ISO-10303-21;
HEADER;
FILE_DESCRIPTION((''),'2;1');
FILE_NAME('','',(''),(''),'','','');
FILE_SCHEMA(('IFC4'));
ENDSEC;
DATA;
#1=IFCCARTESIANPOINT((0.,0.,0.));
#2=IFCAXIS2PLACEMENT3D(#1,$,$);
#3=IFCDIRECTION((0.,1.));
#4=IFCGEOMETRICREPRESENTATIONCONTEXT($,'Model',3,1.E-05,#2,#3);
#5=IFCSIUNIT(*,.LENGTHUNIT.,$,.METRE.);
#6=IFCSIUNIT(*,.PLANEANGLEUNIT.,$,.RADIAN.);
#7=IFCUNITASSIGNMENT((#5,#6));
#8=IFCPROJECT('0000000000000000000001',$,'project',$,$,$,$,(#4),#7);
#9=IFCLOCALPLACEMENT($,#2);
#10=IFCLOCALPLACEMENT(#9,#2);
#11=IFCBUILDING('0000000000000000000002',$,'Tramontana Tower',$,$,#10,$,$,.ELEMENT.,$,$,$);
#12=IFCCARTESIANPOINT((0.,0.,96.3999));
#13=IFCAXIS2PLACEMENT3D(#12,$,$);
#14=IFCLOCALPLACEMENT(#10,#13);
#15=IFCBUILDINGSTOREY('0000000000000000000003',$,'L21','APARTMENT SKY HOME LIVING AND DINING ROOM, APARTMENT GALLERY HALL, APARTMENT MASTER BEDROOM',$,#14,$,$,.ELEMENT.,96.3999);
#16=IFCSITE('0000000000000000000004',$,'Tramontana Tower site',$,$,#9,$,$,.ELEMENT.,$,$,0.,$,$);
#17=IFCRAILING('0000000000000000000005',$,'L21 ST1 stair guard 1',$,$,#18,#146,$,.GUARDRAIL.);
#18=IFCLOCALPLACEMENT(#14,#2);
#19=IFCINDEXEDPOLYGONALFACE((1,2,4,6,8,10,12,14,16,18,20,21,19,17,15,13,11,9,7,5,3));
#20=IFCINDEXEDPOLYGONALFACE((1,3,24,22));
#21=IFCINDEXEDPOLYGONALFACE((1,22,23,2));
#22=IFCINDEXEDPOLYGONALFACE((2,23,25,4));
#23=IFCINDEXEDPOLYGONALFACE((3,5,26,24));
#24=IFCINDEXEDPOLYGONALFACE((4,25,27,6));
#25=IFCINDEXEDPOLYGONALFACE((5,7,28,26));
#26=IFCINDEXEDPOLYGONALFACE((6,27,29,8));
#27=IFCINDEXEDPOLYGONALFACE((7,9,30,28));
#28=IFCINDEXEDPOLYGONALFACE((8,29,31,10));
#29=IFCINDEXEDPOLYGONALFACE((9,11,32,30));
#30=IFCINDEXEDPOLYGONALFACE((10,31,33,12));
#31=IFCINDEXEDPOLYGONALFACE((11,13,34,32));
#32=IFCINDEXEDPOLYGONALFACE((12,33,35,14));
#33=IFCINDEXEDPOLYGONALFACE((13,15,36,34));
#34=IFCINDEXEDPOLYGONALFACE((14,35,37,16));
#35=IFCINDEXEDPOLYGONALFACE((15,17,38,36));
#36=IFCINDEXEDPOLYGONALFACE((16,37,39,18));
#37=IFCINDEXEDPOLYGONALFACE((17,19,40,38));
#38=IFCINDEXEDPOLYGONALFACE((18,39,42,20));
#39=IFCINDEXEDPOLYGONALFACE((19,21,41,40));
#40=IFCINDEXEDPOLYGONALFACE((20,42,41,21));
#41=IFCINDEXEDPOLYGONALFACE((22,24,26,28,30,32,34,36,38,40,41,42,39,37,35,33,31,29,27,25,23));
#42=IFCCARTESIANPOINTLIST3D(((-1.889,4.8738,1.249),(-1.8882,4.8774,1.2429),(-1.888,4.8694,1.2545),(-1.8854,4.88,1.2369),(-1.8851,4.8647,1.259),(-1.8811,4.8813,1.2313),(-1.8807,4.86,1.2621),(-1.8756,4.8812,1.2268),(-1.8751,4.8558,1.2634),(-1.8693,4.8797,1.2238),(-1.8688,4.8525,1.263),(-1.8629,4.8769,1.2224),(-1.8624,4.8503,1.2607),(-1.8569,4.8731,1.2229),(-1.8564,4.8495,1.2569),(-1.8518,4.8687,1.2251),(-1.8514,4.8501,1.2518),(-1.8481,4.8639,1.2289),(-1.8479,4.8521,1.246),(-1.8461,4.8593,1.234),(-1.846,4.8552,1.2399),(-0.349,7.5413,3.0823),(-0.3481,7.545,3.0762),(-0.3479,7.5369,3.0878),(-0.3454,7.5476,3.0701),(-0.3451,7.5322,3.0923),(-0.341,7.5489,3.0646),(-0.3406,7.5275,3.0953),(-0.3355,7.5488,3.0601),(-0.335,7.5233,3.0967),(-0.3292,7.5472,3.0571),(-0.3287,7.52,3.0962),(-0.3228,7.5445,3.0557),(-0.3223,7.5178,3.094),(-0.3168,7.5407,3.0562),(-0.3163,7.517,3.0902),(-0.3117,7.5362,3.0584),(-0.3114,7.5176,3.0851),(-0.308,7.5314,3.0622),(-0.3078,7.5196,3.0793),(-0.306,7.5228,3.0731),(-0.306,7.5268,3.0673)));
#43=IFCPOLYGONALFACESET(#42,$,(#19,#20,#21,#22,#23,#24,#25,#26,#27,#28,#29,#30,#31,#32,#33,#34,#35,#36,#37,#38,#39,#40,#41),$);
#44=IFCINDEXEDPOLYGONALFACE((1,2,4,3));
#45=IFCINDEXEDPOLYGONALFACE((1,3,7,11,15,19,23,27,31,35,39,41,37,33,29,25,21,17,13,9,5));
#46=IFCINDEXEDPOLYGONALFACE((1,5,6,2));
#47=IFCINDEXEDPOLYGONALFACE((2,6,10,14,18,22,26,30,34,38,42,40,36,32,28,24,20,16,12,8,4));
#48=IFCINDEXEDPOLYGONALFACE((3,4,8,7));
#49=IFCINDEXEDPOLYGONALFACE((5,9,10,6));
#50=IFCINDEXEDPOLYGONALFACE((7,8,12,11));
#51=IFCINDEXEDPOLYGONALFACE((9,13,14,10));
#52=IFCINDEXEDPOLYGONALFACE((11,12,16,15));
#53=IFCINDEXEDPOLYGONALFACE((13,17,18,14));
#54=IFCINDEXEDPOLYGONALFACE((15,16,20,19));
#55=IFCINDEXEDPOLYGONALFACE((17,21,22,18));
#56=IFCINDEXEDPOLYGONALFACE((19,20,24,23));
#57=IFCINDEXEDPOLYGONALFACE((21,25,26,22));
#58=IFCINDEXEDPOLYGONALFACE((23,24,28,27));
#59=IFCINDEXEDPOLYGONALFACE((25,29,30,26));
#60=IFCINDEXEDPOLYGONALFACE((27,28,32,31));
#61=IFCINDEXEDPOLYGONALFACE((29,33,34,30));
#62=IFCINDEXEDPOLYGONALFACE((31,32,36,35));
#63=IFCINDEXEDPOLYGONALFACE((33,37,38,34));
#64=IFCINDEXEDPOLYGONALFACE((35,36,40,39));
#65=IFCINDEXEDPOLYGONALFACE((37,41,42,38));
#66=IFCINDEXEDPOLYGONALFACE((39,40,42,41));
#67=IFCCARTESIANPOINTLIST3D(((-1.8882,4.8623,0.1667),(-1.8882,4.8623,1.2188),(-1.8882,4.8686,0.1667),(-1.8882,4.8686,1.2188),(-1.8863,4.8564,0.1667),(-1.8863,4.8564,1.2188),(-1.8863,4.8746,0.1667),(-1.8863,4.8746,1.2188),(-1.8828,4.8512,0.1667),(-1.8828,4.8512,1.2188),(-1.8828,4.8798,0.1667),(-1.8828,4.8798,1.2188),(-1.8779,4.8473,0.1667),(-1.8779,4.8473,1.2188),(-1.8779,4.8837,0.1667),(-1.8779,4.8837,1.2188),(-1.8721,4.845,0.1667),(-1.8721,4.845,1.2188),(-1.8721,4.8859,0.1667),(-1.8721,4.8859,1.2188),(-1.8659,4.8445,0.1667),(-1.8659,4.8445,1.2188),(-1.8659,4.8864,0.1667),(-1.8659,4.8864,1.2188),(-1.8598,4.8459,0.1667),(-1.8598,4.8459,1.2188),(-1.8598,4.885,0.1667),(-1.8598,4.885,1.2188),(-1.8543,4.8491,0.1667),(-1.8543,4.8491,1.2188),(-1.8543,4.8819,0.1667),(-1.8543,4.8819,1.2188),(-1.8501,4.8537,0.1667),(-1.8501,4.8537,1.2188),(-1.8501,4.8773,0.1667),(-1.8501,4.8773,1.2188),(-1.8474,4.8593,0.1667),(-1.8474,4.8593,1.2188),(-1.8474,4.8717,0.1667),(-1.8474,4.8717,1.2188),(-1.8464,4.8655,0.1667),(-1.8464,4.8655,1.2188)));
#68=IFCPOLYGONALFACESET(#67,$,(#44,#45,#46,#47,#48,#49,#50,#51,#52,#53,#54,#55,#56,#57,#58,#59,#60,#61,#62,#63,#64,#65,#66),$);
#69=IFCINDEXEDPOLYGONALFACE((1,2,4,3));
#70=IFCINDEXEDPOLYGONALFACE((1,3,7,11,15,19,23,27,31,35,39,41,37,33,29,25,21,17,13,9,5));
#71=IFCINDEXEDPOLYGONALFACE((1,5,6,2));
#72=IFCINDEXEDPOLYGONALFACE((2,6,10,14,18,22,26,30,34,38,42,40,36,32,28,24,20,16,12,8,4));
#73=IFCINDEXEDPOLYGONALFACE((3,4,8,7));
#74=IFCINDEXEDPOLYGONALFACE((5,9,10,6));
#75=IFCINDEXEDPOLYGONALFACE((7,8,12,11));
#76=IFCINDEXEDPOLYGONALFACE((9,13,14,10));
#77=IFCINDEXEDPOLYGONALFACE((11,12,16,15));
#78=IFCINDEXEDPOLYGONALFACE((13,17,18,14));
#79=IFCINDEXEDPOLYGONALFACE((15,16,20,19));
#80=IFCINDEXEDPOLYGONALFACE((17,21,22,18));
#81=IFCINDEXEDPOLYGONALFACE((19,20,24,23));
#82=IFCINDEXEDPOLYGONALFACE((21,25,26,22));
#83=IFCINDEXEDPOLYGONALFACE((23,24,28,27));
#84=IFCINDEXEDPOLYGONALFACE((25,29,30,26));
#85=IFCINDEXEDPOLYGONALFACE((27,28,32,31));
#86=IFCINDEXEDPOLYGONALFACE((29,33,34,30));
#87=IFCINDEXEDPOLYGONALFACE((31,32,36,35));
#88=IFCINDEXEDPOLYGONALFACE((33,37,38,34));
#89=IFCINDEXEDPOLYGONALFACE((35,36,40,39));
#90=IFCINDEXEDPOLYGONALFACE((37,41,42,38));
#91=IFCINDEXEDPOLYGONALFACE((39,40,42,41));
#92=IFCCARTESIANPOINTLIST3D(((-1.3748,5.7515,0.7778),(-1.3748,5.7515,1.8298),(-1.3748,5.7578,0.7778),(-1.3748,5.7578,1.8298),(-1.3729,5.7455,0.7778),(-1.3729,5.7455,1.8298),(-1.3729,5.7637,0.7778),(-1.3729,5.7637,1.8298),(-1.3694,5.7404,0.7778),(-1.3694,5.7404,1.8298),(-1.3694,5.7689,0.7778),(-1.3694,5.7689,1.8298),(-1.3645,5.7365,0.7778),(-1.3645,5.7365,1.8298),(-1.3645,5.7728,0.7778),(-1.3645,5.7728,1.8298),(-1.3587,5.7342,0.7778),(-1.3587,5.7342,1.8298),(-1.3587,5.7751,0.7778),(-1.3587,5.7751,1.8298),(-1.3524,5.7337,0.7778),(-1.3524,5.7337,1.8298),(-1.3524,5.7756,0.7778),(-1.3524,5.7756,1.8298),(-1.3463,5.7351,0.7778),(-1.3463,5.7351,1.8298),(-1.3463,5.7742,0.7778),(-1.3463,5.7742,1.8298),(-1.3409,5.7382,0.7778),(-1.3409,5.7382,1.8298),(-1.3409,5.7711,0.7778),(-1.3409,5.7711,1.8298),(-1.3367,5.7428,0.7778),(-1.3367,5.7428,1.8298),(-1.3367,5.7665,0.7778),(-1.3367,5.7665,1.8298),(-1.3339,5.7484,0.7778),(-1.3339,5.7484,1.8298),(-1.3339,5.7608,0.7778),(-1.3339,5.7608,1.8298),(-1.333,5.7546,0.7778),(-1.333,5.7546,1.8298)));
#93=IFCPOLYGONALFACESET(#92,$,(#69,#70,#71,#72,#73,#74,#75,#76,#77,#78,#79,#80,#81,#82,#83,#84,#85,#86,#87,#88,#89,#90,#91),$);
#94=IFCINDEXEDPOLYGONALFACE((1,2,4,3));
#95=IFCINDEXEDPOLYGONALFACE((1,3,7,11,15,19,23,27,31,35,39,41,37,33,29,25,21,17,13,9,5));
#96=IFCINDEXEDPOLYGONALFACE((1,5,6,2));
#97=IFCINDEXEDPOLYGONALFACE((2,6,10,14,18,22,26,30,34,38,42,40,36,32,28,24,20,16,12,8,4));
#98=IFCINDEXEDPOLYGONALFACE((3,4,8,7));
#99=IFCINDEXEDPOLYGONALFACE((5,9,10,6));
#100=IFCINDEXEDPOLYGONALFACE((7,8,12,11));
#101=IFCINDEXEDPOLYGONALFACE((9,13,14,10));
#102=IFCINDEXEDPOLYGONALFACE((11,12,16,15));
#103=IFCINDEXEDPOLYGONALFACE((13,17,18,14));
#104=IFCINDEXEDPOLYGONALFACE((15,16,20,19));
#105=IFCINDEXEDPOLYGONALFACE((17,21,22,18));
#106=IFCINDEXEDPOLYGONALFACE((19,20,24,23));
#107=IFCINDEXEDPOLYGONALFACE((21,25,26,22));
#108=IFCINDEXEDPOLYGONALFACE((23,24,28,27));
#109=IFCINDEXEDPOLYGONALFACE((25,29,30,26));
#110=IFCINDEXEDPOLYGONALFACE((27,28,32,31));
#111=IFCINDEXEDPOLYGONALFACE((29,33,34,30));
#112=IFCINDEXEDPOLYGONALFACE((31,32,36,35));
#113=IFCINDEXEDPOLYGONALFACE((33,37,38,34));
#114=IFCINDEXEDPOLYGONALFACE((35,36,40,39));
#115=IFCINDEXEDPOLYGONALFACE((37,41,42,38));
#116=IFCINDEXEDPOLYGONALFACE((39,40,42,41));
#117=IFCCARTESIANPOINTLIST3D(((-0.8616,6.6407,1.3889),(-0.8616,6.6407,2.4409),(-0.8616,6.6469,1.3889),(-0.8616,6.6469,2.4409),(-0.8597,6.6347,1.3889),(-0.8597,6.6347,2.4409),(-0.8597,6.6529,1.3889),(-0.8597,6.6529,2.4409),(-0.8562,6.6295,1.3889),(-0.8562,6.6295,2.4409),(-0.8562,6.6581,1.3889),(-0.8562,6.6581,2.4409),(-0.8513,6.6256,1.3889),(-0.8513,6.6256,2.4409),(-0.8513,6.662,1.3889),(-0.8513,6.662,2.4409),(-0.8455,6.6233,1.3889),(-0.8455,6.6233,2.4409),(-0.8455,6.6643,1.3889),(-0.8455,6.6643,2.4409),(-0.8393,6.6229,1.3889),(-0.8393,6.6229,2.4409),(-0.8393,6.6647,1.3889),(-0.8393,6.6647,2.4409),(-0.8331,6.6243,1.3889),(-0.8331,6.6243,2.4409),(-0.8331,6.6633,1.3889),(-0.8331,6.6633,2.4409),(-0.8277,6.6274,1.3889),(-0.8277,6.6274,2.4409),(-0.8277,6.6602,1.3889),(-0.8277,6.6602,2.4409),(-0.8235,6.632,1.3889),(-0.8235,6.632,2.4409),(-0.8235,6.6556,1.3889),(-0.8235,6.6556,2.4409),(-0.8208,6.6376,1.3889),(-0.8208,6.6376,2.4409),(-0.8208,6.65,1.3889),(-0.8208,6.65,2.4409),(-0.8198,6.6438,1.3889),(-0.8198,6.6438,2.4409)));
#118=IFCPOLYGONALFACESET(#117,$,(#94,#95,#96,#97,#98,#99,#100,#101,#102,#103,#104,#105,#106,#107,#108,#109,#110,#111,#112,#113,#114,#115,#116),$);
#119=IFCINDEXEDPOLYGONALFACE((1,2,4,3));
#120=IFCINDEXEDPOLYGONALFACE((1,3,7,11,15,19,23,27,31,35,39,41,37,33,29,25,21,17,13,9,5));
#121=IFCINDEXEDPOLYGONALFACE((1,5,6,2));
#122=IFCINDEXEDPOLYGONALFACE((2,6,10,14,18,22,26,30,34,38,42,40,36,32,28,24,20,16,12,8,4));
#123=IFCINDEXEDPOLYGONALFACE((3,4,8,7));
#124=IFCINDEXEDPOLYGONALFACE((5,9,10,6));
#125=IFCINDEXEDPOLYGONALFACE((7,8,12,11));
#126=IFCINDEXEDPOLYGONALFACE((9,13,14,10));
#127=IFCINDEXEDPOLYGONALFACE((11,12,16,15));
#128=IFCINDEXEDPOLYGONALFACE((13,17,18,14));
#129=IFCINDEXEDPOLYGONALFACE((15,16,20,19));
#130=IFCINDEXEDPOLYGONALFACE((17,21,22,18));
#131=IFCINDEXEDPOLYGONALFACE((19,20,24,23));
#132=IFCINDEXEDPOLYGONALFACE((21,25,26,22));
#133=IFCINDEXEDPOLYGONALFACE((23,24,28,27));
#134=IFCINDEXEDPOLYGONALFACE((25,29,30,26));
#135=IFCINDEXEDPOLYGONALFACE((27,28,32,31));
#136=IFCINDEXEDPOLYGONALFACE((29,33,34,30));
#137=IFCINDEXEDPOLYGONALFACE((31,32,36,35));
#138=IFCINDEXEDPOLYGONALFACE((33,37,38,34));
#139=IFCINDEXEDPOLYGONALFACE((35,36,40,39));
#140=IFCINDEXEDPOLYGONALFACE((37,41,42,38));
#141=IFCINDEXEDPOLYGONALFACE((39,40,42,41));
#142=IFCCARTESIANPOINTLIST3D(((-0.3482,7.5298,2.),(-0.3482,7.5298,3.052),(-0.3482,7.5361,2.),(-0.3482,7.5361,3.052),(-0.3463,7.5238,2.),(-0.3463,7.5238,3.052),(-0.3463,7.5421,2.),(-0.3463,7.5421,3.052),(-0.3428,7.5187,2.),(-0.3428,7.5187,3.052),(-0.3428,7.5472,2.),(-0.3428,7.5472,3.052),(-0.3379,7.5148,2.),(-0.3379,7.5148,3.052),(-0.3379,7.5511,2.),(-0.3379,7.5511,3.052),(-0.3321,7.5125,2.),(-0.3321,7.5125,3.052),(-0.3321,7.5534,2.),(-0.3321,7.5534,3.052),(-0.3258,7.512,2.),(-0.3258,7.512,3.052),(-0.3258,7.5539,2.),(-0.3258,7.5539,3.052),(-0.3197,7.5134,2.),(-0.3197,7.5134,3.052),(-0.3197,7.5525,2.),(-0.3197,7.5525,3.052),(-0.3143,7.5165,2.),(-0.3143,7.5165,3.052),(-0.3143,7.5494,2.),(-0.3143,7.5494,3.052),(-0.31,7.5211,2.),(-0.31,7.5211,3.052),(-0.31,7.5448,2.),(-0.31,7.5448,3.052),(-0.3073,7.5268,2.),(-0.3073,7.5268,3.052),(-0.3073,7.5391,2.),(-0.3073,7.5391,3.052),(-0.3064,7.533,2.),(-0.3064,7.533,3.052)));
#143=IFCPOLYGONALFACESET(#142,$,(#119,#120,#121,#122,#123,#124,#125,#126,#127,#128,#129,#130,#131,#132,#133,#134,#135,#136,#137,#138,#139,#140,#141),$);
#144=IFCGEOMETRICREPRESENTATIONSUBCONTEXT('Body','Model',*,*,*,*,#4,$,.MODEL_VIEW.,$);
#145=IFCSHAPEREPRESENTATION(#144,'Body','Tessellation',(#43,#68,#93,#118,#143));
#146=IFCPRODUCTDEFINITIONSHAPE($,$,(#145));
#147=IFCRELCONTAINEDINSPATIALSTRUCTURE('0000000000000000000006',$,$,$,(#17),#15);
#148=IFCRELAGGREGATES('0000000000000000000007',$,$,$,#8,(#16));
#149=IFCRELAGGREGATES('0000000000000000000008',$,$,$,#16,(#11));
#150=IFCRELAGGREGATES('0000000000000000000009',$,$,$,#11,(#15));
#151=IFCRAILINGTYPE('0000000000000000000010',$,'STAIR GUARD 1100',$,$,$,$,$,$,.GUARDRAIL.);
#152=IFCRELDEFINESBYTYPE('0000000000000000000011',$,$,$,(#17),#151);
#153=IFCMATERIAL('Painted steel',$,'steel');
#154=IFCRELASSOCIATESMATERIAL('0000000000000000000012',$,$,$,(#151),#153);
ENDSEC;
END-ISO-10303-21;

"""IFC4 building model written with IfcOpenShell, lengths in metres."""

from ifc_helpers import new_model, si_unit, direction, frame, origin, origin_2d, place, context, subcontext, project, spatial, circle, extrude, material, type_object, element, save


model = new_model("IFC4")

# Units and contexts
model_context = context("Model", 3, precision=1e-05, world=origin(), true_north=direction((0.0, 1.0)))
body_context = subcontext(model_context, "Body", "Model", "MODEL_VIEW")
ifc_project = project(units=[si_unit("LENGTHUNIT", "METRE"), si_unit("PLANEANGLEUNIT", "RADIAN")], contexts=[model_context])

# Site, building, storey
site_placement = place(None, origin())
site = spatial("IfcSite", under=ifc_project, at=site_placement, Name="Tramontana Tower site", CompositionType="ELEMENT", RefElevation=0.0)
building_placement = place(site_placement, origin())
building = spatial("IfcBuilding", under=site, at=building_placement, Name="Tramontana Tower", CompositionType="ELEMENT")
storey_placement = place(building_placement, frame((0.0, 0.0, 96.3999)))
storey = spatial("IfcBuildingStorey", under=building, at=storey_placement, Name="L21", Description="APARTMENT SKY HOME LIVING AND DINING ROOM, APARTMENT GALLERY HALL, APARTMENT MASTER BEDROOM", CompositionType="ELEMENT", Elevation=96.3999)

# Railing
ifc_material_1 = material(Name="Painted steel", Category="steel")
railing_type_1 = type_object("IfcRailingType", Name="STAIR GUARD 1100", PredefinedType="GUARDRAIL", material=ifc_material_1)
railing_1_placement = place(storey_placement, frame((-1.8674, 4.8655, 0.1667)))
element("IfcRailing", 1, at=railing_1_placement, inside=storey, type_object=railing_type_1, Name="L21 ST1 stair guard 1", PredefinedType="GUARDRAIL", context=body_context, shape_type="SweptSolid", body=[
    extrude(circle(Radius=0.0239, at=origin_2d()), frame((0.0, 0.0, 1.0762), z_axis=(0.429649, 0.74419, 0.511452), x_axis=(-0.86603, 0.499992, 0.0)), (0.0, 0.0, 1.0), 3.5845),
    extrude(circle(Radius=0.021, at=origin_2d()), origin(), (0.0, 0.0, 1.0), 1.052),
    extrude(circle(Radius=0.021, at=origin_2d()), frame((0.5134, 0.8892, 0.6111)), (0.0, 0.0, 1.0), 1.052),
    extrude(circle(Radius=0.021, at=origin_2d()), frame((1.0266, 1.7783, 1.2222)), (0.0, 0.0, 1.0), 1.052),
    extrude(circle(Radius=0.021, at=origin_2d()), frame((1.54, 2.6675, 1.8333)), (0.0, 0.0, 1.0), 1.052),
])

save(model, "model.ifc")
